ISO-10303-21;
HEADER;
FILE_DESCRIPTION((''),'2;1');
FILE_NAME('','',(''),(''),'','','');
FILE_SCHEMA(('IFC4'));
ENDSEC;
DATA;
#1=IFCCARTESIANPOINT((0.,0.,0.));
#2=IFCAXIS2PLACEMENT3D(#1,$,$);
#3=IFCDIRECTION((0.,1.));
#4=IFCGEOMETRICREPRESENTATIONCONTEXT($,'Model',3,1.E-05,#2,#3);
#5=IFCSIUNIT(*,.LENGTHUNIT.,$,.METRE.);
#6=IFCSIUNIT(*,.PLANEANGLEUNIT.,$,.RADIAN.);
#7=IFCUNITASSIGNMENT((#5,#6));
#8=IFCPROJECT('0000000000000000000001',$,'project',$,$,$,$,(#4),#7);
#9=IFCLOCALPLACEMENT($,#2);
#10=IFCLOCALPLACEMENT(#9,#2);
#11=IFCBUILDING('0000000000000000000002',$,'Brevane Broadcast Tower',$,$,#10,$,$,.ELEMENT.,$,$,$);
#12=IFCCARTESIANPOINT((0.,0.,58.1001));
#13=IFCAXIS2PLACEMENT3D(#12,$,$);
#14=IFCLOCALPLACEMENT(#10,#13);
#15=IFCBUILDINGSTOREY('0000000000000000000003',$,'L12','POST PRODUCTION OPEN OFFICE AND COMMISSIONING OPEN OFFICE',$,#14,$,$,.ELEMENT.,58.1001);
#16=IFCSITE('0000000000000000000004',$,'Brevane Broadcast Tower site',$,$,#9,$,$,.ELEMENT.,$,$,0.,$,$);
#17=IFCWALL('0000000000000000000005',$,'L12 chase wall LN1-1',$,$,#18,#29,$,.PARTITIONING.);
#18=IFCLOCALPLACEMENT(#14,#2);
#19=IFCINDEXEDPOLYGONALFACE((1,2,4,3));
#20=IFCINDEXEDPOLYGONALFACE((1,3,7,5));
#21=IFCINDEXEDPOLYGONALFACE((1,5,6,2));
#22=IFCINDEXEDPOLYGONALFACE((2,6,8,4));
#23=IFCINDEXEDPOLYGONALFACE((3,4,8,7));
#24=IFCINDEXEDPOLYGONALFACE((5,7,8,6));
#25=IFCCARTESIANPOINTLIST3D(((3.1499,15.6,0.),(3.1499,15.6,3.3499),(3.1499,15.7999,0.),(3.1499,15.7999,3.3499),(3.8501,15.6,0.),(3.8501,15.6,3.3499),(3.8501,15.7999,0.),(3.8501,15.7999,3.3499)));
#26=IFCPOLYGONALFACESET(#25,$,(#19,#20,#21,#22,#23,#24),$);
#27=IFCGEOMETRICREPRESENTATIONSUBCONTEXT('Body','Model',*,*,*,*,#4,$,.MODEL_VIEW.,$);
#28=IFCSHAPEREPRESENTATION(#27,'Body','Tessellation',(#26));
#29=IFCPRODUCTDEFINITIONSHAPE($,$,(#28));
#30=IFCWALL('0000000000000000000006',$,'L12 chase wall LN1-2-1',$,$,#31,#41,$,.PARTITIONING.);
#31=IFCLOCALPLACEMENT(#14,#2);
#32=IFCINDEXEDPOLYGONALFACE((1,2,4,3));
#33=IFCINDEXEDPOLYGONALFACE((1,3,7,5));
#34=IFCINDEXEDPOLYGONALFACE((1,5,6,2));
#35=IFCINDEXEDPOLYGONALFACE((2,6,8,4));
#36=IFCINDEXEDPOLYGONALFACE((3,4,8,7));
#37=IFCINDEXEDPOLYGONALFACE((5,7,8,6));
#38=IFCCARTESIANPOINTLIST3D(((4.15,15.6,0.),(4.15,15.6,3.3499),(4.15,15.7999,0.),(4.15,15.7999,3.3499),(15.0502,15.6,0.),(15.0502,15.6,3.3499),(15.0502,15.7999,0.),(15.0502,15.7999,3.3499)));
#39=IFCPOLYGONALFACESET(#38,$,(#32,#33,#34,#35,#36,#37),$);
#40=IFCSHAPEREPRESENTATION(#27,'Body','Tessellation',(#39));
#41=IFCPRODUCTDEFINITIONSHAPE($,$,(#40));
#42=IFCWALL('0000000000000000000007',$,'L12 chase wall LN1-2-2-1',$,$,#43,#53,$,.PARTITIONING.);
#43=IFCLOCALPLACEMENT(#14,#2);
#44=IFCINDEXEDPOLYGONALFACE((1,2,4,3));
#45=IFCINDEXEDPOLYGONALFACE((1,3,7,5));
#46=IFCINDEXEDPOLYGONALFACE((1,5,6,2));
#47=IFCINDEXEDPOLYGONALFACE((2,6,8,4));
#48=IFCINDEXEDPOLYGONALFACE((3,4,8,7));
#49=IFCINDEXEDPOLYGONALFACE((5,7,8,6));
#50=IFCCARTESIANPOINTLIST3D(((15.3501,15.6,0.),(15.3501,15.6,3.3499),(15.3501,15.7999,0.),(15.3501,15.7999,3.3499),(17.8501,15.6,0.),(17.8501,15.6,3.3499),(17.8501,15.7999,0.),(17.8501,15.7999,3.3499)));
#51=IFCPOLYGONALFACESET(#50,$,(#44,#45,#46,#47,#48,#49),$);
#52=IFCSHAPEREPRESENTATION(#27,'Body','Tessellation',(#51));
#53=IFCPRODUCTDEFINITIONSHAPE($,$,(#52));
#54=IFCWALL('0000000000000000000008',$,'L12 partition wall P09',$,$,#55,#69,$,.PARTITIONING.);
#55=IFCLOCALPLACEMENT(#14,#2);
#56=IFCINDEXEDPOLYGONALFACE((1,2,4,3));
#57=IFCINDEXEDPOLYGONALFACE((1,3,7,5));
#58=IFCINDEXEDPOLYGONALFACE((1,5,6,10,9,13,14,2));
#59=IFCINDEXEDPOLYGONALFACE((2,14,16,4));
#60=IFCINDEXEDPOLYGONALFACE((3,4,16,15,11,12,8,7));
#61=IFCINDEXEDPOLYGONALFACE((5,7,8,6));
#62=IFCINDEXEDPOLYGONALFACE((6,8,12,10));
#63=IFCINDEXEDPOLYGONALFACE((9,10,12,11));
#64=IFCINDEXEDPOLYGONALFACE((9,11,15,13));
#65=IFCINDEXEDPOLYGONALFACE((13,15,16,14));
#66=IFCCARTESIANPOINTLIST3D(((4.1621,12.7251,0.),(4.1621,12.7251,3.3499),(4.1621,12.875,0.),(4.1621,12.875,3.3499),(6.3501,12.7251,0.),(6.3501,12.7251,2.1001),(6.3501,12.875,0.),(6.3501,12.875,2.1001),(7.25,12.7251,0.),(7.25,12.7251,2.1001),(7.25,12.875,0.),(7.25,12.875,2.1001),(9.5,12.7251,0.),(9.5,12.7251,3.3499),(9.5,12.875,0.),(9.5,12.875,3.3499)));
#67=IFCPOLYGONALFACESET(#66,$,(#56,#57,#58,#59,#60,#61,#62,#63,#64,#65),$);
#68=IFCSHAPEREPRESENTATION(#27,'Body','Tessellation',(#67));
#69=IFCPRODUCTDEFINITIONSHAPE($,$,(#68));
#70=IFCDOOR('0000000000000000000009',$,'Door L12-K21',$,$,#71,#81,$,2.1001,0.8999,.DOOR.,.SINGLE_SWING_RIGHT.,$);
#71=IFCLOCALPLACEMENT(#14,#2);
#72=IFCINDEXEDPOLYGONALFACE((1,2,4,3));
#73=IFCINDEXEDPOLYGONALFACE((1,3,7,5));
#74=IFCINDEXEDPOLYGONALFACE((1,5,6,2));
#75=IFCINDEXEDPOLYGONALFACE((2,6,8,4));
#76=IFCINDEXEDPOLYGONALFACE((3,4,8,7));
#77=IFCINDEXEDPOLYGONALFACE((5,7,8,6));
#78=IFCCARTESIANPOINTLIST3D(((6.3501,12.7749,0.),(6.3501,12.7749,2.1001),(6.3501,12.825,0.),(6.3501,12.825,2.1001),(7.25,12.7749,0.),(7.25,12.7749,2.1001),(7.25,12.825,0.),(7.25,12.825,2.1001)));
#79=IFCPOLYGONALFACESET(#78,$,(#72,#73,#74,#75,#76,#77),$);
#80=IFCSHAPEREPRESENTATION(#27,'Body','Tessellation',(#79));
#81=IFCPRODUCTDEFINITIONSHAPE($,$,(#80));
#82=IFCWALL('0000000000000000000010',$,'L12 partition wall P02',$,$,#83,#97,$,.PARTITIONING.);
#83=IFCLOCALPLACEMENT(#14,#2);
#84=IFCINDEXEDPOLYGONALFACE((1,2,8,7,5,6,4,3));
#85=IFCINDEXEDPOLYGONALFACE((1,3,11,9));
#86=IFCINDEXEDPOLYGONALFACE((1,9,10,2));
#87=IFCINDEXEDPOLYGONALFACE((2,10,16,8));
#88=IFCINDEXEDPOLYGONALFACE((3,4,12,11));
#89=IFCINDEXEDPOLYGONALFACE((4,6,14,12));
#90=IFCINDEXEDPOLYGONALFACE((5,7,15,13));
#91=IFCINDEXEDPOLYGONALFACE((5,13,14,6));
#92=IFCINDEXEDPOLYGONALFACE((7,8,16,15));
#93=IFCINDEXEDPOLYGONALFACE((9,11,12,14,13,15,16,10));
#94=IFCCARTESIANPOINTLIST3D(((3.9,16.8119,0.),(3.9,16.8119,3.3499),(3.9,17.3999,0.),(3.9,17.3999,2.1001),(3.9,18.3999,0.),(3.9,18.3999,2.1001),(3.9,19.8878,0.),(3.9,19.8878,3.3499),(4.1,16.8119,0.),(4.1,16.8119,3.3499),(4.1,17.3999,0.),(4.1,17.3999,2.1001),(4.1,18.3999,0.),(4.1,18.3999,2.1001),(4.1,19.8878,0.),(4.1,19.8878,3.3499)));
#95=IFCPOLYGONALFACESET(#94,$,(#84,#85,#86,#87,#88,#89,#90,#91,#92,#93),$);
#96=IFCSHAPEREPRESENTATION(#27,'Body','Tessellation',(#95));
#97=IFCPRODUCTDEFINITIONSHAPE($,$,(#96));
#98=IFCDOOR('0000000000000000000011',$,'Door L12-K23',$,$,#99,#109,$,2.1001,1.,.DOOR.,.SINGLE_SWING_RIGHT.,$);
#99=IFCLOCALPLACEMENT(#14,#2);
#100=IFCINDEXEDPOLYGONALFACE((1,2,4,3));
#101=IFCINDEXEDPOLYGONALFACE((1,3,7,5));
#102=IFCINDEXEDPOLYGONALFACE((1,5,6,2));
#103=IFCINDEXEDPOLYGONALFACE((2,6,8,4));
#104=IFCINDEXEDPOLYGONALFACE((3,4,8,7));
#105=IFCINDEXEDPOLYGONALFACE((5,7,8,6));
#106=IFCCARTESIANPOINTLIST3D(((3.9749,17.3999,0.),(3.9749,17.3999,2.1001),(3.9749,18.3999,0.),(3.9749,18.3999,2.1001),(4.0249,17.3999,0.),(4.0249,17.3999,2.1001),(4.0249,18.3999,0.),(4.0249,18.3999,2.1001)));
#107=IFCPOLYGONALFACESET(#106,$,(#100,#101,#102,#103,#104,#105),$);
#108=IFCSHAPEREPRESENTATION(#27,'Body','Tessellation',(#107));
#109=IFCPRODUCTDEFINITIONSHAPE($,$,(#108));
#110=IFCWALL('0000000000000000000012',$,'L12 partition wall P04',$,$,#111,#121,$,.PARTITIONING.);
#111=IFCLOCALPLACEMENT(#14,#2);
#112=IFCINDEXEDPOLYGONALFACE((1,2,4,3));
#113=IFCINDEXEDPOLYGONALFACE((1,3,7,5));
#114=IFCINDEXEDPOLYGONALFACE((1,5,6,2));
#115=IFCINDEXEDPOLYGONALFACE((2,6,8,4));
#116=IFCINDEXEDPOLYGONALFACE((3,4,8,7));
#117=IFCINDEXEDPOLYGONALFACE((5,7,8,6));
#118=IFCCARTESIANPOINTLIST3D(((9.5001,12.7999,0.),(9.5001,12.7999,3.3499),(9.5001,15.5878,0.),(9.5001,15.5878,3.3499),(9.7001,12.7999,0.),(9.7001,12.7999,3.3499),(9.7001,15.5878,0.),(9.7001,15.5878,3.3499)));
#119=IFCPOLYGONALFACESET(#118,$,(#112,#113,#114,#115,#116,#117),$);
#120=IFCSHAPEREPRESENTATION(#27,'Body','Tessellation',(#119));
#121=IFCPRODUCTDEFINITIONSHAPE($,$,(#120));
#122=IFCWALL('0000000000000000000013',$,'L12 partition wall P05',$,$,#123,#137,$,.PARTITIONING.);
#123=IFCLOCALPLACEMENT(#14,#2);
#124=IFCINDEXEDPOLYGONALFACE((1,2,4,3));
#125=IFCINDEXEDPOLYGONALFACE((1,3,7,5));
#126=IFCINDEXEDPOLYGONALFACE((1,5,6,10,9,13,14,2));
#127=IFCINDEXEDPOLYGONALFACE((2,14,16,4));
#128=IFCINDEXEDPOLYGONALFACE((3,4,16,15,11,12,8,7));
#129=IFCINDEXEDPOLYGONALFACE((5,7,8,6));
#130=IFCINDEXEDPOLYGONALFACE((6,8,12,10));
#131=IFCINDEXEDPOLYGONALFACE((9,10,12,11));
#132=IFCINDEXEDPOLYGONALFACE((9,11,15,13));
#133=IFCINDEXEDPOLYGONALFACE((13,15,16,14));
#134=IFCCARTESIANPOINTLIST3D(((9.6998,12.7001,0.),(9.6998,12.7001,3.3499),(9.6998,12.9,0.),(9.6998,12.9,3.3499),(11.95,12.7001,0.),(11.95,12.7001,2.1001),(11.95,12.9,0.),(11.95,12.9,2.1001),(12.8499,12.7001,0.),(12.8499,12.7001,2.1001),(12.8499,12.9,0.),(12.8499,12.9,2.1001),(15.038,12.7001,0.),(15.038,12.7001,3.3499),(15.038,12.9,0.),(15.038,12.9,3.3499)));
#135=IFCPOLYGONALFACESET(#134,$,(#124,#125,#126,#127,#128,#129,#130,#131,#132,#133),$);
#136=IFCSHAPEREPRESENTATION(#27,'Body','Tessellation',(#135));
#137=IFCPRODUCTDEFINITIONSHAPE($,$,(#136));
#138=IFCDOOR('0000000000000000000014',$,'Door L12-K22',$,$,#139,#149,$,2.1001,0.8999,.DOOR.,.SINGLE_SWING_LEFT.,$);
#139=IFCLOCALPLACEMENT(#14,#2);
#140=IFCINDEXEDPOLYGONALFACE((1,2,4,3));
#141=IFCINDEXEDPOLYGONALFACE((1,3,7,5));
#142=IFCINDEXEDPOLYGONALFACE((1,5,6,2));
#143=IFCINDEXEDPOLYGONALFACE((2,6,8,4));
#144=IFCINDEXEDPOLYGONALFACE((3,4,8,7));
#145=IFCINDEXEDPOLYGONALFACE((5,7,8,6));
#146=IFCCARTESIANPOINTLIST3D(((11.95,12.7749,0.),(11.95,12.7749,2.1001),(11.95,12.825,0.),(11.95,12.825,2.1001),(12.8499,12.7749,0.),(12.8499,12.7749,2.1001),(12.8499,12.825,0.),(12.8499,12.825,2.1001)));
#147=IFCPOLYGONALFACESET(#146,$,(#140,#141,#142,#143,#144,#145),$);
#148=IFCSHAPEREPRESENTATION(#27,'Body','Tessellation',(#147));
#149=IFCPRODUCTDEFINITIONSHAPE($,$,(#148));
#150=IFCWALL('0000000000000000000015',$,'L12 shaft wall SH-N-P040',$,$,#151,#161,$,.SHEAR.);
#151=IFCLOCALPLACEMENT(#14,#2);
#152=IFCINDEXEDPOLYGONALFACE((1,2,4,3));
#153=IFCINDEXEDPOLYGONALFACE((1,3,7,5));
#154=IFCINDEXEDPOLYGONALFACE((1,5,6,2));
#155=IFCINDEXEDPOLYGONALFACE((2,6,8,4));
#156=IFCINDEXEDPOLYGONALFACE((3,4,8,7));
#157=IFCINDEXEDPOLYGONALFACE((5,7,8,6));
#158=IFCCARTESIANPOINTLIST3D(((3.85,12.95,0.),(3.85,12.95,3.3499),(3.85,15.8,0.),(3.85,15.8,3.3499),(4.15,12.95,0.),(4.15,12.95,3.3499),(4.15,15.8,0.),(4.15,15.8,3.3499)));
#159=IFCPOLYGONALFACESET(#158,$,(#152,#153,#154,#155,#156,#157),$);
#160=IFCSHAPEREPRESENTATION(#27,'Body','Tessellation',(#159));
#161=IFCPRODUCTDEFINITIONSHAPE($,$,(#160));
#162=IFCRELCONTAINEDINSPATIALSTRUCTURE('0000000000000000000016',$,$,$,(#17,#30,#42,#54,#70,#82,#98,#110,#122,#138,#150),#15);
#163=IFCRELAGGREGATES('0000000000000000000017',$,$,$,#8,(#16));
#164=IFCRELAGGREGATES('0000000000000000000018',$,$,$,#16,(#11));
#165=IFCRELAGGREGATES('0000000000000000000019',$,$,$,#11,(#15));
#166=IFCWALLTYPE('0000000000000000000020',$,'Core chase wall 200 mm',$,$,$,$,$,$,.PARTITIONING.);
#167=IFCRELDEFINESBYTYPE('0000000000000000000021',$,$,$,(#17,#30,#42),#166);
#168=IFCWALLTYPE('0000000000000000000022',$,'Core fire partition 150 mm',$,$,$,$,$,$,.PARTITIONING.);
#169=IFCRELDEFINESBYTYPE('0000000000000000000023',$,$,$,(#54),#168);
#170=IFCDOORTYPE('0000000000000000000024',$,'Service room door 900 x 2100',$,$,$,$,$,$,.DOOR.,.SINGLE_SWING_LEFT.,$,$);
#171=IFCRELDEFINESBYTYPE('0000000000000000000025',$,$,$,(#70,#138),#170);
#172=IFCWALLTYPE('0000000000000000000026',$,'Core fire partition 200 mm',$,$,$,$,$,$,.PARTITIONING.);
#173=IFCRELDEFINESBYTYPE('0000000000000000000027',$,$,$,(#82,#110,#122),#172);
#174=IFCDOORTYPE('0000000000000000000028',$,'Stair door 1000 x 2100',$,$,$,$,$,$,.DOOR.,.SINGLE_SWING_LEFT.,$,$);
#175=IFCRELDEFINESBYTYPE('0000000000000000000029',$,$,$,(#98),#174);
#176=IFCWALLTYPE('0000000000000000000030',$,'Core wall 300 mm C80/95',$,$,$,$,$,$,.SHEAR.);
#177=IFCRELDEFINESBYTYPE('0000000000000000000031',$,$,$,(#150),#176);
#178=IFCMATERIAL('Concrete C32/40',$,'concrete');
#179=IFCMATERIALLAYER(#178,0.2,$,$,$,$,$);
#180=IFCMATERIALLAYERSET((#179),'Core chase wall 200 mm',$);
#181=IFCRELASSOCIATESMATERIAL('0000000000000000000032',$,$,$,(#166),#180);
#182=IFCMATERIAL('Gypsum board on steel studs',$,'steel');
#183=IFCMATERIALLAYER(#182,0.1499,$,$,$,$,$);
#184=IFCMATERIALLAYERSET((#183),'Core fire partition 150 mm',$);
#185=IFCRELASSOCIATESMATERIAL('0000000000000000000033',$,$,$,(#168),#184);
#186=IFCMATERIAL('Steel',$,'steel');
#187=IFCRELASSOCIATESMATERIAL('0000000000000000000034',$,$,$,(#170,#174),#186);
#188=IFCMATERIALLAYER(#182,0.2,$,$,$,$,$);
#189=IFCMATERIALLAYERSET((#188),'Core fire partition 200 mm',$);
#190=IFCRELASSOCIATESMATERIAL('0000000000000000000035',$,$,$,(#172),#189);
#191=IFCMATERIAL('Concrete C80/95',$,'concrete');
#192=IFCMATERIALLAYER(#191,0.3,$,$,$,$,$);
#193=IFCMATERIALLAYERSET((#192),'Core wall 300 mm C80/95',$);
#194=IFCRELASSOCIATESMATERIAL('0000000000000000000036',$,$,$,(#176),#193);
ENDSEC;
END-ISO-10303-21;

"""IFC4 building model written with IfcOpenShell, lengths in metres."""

from ifc_helpers import new_model, si_unit, direction, frame, frame_2d, origin, place, context, subcontext, project, spatial, rectangle, extrude, material, layer, layer_set, type_object, element, fill, save


model = new_model("IFC4")

# Units and contexts
model_context = context("Model", 3, precision=1e-05, world=origin(), true_north=direction((0.0, 1.0)))
body_context = subcontext(model_context, "Body", "Model", "MODEL_VIEW")
ifc_project = project(units=[si_unit("LENGTHUNIT", "METRE"), si_unit("PLANEANGLEUNIT", "RADIAN")], contexts=[model_context])

# Site, building, storey
site_placement = place(None, origin())
site = spatial("IfcSite", under=ifc_project, at=site_placement, Name="Brevane Broadcast Tower site", CompositionType="ELEMENT", RefElevation=0.0)
building_placement = place(site_placement, origin())
building = spatial("IfcBuilding", under=site, at=building_placement, Name="Brevane Broadcast Tower", CompositionType="ELEMENT")
storey_placement = place(building_placement, frame((0.0, 0.0, 58.1001)))
storey = spatial("IfcBuildingStorey", under=building, at=storey_placement, Name="L12", Description="POST PRODUCTION OPEN OFFICE AND COMMISSIONING OPEN OFFICE", CompositionType="ELEMENT", Elevation=58.1001)

# Walls
ifc_material_1 = material(Name="Concrete C32/40", Category="concrete")
ifc_layer_1 = layer(ifc_material_1, 0.2)
ifc_layer_set_1 = layer_set([ifc_layer_1], Name="Core chase wall 200 mm")
wall_type_1 = type_object("IfcWallType", Name="Core chase wall 200 mm", PredefinedType="PARTITIONING", material=ifc_layer_set_1)
wall_1_placement = place(storey_placement, frame((3.1499, 15.7, 0.0), z_axis=(0.0, 0.0, 1.0), x_axis=(1.0, 0.0, 0.0)))
element("IfcWall", 1, at=wall_1_placement, inside=storey, type_object=wall_type_1, Name="L12 chase wall LN1-1", PredefinedType="PARTITIONING", context=body_context, shape_type="SweptSolid", body=[
    extrude(rectangle(XDim=0.7002, YDim=0.2, at=frame_2d((0.3501, 0.0))), origin(), (0.0, 0.0, 1.0), 3.3499),
])
wall_2_placement = place(storey_placement, frame((4.1499, 15.7, 0.0), z_axis=(0.0, 0.0, 1.0), x_axis=(1.0, 0.0, 0.0)))
element("IfcWall", 2, at=wall_2_placement, inside=storey, type_object=wall_type_1, Name="L12 chase wall LN1-2-1", PredefinedType="PARTITIONING", context=body_context, shape_type="SweptSolid", body=[
    extrude(rectangle(XDim=10.9001, YDim=0.2, at=frame_2d((5.4502, 0.0))), origin(), (0.0, 0.0, 1.0), 3.3499),
])
wall_3_placement = place(storey_placement, frame((15.3501, 15.7, 0.0), z_axis=(0.0, 0.0, 1.0), x_axis=(1.0, 0.0, 0.0)))
element("IfcWall", 3, at=wall_3_placement, inside=storey, type_object=wall_type_1, Name="L12 chase wall LN1-2-2-1", PredefinedType="PARTITIONING", context=body_context, shape_type="SweptSolid", body=[
    extrude(rectangle(XDim=2.5, YDim=0.2, at=frame_2d((1.25, 0.0))), origin(), (0.0, 0.0, 1.0), 3.3499),
])

# Walls, openings, doors
ifc_material_2 = material(Name="Gypsum board on steel studs", Category="steel")
ifc_layer_2 = layer(ifc_material_2, 0.1499)
ifc_layer_set_2 = layer_set([ifc_layer_2], Name="Core fire partition 150 mm")
wall_type_2 = type_object("IfcWallType", Name="Core fire partition 150 mm", PredefinedType="PARTITIONING", material=ifc_layer_set_2)
wall_4_placement = place(storey_placement, frame((4.1621, 12.8, 0.0), z_axis=(0.0, 0.0, 1.0), x_axis=(1.0, 0.0, 0.0)))
wall_4 = element("IfcWall", 4, at=wall_4_placement, inside=storey, type_object=wall_type_2, Name="L12 partition wall P09", PredefinedType="PARTITIONING", context=body_context, shape_type="SweptSolid", body=[
    extrude(rectangle(XDim=5.3379, YDim=0.1499, at=frame_2d((2.6689, 0.0))), origin(), (0.0, 0.0, 1.0), 3.3499),
])
opening_1_placement = place(wall_4_placement, frame((2.188, 0.0, 0.0)))
opening_1 = element("IfcOpeningElement", 5, at=opening_1_placement, cuts=wall_4, PredefinedType="OPENING", context=body_context, shape_type="SweptSolid", body=[
    extrude(rectangle(XDim=0.8999, YDim=2.1001, at=frame_2d((0.45, 1.05))), frame((0.0, 0.085, 0.0), z_axis=(0.0, -1.0, 0.0), x_axis=(1.0, 0.0, 0.0)), (0.0, 0.0, 1.0), 0.1699),
])
ifc_material_3 = material(Name="Steel", Category="steel")
door_type_1 = type_object("IfcDoorType", Name="Service room door 900 x 2100", OperationType="SINGLE_SWING_LEFT", PredefinedType="DOOR", material=ifc_material_3)
door_1_placement = place(opening_1_placement, origin())
door_1 = element("IfcDoor", 6, at=door_1_placement, inside=storey, type_object=door_type_1, Name="Door L12-K21", OperationType="SINGLE_SWING_RIGHT", OverallHeight=2.1001, OverallWidth=0.8999, PredefinedType="DOOR", context=body_context, shape_type="SweptSolid", body=[
    extrude(rectangle(XDim=0.8999, YDim=2.1001, at=frame_2d((0.45, 1.05))), frame((0.0, 0.0249, 0.0), z_axis=(0.0, -1.0, 0.0), x_axis=(1.0, 0.0, 0.0)), (0.0, 0.0, 1.0), 0.05),
])
fill(opening_1, door_1)
ifc_layer_3 = layer(ifc_material_2, 0.2)
ifc_layer_set_3 = layer_set([ifc_layer_3], Name="Core fire partition 200 mm")
wall_type_3 = type_object("IfcWallType", Name="Core fire partition 200 mm", PredefinedType="PARTITIONING", material=ifc_layer_set_3)
wall_5_placement = place(storey_placement, frame((4.0, 19.8879, 0.0), z_axis=(0.0, 0.0, 1.0), x_axis=(0.0, -1.0, 0.0)))
wall_5 = element("IfcWall", 7, at=wall_5_placement, inside=storey, type_object=wall_type_3, Name="L12 partition wall P02", PredefinedType="PARTITIONING", context=body_context, shape_type="SweptSolid", body=[
    extrude(rectangle(XDim=3.0759, YDim=0.2, at=frame_2d((1.5381, 0.0))), origin(), (0.0, 0.0, 1.0), 3.3499),
])
opening_2_placement = place(wall_5_placement, frame((1.488, 0.0, 0.0)))
opening_2 = element("IfcOpeningElement", 8, at=opening_2_placement, cuts=wall_5, PredefinedType="OPENING", context=body_context, shape_type="SweptSolid", body=[
    extrude(rectangle(XDim=1.0, YDim=2.1001, at=frame_2d((0.5, 1.05))), frame((0.0, 0.1099, 0.0), z_axis=(0.0, -1.0, 0.0), x_axis=(1.0, 0.0, 0.0)), (0.0, 0.0, 1.0), 0.22),
])
door_type_2 = type_object("IfcDoorType", Name="Stair door 1000 x 2100", OperationType="SINGLE_SWING_LEFT", PredefinedType="DOOR", material=ifc_material_3)
door_2_placement = place(opening_2_placement, origin())
door_2 = element("IfcDoor", 9, at=door_2_placement, inside=storey, type_object=door_type_2, Name="Door L12-K23", OperationType="SINGLE_SWING_RIGHT", OverallHeight=2.1001, OverallWidth=1.0, PredefinedType="DOOR", context=body_context, shape_type="SweptSolid", body=[
    extrude(rectangle(XDim=1.0, YDim=2.1001, at=frame_2d((0.5, 1.05))), frame((0.0, 0.0249, 0.0), z_axis=(0.0, -1.0, 0.0), x_axis=(1.0, 0.0, 0.0)), (0.0, 0.0, 1.0), 0.05),
])
fill(opening_2, door_2)

# Wall
wall_6_placement = place(storey_placement, frame((9.6001, 15.5879, 0.0), z_axis=(0.0, 0.0, 1.0), x_axis=(0.0, -1.0, 0.0)))
element("IfcWall", 10, at=wall_6_placement, inside=storey, type_object=wall_type_3, Name="L12 partition wall P04", PredefinedType="PARTITIONING", context=body_context, shape_type="SweptSolid", body=[
    extrude(rectangle(XDim=2.7878, YDim=0.2, at=frame_2d((1.394, 0.0))), origin(), (0.0, 0.0, 1.0), 3.3499),
])

# Wall, opening, door
wall_7_placement = place(storey_placement, frame((9.7, 12.8, 0.0), z_axis=(0.0, 0.0, 1.0), x_axis=(1.0, 0.0, 0.0)))
wall_7 = element("IfcWall", 11, at=wall_7_placement, inside=storey, type_object=wall_type_3, Name="L12 partition wall P05", PredefinedType="PARTITIONING", context=body_context, shape_type="SweptSolid", body=[
    extrude(rectangle(XDim=5.3381, YDim=0.2, at=frame_2d((2.6689, 0.0))), origin(), (0.0, 0.0, 1.0), 3.3499),
])
opening_3_placement = place(wall_7_placement, frame((2.25, 0.0, 0.0)))
opening_3 = element("IfcOpeningElement", 12, at=opening_3_placement, cuts=wall_7, PredefinedType="OPENING", context=body_context, shape_type="SweptSolid", body=[
    extrude(rectangle(XDim=0.8999, YDim=2.1001, at=frame_2d((0.45, 1.05))), frame((0.0, 0.1099, 0.0), z_axis=(0.0, -1.0, 0.0), x_axis=(1.0, 0.0, 0.0)), (0.0, 0.0, 1.0), 0.22),
])
door_3_placement = place(opening_3_placement, origin())
door_3 = element("IfcDoor", 13, at=door_3_placement, inside=storey, type_object=door_type_1, Name="Door L12-K22", OperationType="SINGLE_SWING_LEFT", OverallHeight=2.1001, OverallWidth=0.8999, PredefinedType="DOOR", context=body_context, shape_type="SweptSolid", body=[
    extrude(rectangle(XDim=0.8999, YDim=2.1001, at=frame_2d((0.45, 1.05))), frame((0.0, 0.0249, 0.0), z_axis=(0.0, -1.0, 0.0), x_axis=(1.0, 0.0, 0.0)), (0.0, 0.0, 1.0), 0.05),
])
fill(opening_3, door_3)

# Wall
ifc_material_4 = material(Name="Concrete C80/95", Category="concrete")
ifc_layer_4 = layer(ifc_material_4, 0.3)
ifc_layer_set_4 = layer_set([ifc_layer_4], Name="Core wall 300 mm C80/95")
wall_type_4 = type_object("IfcWallType", Name="Core wall 300 mm C80/95", PredefinedType="SHEAR", material=ifc_layer_set_4)
wall_8_placement = place(storey_placement, frame((4.0, 12.95, 0.0), z_axis=(0.0, 0.0, 1.0), x_axis=(0.0, 1.0, 0.0)))
element("IfcWall", 14, at=wall_8_placement, inside=storey, type_object=wall_type_4, Name="L12 shaft wall SH-N-P040", PredefinedType="SHEAR", context=body_context, shape_type="SweptSolid", body=[
    extrude(rectangle(XDim=2.8501, YDim=0.3, at=frame_2d((1.425, 0.0))), origin(), (0.0, 0.0, 1.0), 3.3499),
])

save(model, "model.ifc")
